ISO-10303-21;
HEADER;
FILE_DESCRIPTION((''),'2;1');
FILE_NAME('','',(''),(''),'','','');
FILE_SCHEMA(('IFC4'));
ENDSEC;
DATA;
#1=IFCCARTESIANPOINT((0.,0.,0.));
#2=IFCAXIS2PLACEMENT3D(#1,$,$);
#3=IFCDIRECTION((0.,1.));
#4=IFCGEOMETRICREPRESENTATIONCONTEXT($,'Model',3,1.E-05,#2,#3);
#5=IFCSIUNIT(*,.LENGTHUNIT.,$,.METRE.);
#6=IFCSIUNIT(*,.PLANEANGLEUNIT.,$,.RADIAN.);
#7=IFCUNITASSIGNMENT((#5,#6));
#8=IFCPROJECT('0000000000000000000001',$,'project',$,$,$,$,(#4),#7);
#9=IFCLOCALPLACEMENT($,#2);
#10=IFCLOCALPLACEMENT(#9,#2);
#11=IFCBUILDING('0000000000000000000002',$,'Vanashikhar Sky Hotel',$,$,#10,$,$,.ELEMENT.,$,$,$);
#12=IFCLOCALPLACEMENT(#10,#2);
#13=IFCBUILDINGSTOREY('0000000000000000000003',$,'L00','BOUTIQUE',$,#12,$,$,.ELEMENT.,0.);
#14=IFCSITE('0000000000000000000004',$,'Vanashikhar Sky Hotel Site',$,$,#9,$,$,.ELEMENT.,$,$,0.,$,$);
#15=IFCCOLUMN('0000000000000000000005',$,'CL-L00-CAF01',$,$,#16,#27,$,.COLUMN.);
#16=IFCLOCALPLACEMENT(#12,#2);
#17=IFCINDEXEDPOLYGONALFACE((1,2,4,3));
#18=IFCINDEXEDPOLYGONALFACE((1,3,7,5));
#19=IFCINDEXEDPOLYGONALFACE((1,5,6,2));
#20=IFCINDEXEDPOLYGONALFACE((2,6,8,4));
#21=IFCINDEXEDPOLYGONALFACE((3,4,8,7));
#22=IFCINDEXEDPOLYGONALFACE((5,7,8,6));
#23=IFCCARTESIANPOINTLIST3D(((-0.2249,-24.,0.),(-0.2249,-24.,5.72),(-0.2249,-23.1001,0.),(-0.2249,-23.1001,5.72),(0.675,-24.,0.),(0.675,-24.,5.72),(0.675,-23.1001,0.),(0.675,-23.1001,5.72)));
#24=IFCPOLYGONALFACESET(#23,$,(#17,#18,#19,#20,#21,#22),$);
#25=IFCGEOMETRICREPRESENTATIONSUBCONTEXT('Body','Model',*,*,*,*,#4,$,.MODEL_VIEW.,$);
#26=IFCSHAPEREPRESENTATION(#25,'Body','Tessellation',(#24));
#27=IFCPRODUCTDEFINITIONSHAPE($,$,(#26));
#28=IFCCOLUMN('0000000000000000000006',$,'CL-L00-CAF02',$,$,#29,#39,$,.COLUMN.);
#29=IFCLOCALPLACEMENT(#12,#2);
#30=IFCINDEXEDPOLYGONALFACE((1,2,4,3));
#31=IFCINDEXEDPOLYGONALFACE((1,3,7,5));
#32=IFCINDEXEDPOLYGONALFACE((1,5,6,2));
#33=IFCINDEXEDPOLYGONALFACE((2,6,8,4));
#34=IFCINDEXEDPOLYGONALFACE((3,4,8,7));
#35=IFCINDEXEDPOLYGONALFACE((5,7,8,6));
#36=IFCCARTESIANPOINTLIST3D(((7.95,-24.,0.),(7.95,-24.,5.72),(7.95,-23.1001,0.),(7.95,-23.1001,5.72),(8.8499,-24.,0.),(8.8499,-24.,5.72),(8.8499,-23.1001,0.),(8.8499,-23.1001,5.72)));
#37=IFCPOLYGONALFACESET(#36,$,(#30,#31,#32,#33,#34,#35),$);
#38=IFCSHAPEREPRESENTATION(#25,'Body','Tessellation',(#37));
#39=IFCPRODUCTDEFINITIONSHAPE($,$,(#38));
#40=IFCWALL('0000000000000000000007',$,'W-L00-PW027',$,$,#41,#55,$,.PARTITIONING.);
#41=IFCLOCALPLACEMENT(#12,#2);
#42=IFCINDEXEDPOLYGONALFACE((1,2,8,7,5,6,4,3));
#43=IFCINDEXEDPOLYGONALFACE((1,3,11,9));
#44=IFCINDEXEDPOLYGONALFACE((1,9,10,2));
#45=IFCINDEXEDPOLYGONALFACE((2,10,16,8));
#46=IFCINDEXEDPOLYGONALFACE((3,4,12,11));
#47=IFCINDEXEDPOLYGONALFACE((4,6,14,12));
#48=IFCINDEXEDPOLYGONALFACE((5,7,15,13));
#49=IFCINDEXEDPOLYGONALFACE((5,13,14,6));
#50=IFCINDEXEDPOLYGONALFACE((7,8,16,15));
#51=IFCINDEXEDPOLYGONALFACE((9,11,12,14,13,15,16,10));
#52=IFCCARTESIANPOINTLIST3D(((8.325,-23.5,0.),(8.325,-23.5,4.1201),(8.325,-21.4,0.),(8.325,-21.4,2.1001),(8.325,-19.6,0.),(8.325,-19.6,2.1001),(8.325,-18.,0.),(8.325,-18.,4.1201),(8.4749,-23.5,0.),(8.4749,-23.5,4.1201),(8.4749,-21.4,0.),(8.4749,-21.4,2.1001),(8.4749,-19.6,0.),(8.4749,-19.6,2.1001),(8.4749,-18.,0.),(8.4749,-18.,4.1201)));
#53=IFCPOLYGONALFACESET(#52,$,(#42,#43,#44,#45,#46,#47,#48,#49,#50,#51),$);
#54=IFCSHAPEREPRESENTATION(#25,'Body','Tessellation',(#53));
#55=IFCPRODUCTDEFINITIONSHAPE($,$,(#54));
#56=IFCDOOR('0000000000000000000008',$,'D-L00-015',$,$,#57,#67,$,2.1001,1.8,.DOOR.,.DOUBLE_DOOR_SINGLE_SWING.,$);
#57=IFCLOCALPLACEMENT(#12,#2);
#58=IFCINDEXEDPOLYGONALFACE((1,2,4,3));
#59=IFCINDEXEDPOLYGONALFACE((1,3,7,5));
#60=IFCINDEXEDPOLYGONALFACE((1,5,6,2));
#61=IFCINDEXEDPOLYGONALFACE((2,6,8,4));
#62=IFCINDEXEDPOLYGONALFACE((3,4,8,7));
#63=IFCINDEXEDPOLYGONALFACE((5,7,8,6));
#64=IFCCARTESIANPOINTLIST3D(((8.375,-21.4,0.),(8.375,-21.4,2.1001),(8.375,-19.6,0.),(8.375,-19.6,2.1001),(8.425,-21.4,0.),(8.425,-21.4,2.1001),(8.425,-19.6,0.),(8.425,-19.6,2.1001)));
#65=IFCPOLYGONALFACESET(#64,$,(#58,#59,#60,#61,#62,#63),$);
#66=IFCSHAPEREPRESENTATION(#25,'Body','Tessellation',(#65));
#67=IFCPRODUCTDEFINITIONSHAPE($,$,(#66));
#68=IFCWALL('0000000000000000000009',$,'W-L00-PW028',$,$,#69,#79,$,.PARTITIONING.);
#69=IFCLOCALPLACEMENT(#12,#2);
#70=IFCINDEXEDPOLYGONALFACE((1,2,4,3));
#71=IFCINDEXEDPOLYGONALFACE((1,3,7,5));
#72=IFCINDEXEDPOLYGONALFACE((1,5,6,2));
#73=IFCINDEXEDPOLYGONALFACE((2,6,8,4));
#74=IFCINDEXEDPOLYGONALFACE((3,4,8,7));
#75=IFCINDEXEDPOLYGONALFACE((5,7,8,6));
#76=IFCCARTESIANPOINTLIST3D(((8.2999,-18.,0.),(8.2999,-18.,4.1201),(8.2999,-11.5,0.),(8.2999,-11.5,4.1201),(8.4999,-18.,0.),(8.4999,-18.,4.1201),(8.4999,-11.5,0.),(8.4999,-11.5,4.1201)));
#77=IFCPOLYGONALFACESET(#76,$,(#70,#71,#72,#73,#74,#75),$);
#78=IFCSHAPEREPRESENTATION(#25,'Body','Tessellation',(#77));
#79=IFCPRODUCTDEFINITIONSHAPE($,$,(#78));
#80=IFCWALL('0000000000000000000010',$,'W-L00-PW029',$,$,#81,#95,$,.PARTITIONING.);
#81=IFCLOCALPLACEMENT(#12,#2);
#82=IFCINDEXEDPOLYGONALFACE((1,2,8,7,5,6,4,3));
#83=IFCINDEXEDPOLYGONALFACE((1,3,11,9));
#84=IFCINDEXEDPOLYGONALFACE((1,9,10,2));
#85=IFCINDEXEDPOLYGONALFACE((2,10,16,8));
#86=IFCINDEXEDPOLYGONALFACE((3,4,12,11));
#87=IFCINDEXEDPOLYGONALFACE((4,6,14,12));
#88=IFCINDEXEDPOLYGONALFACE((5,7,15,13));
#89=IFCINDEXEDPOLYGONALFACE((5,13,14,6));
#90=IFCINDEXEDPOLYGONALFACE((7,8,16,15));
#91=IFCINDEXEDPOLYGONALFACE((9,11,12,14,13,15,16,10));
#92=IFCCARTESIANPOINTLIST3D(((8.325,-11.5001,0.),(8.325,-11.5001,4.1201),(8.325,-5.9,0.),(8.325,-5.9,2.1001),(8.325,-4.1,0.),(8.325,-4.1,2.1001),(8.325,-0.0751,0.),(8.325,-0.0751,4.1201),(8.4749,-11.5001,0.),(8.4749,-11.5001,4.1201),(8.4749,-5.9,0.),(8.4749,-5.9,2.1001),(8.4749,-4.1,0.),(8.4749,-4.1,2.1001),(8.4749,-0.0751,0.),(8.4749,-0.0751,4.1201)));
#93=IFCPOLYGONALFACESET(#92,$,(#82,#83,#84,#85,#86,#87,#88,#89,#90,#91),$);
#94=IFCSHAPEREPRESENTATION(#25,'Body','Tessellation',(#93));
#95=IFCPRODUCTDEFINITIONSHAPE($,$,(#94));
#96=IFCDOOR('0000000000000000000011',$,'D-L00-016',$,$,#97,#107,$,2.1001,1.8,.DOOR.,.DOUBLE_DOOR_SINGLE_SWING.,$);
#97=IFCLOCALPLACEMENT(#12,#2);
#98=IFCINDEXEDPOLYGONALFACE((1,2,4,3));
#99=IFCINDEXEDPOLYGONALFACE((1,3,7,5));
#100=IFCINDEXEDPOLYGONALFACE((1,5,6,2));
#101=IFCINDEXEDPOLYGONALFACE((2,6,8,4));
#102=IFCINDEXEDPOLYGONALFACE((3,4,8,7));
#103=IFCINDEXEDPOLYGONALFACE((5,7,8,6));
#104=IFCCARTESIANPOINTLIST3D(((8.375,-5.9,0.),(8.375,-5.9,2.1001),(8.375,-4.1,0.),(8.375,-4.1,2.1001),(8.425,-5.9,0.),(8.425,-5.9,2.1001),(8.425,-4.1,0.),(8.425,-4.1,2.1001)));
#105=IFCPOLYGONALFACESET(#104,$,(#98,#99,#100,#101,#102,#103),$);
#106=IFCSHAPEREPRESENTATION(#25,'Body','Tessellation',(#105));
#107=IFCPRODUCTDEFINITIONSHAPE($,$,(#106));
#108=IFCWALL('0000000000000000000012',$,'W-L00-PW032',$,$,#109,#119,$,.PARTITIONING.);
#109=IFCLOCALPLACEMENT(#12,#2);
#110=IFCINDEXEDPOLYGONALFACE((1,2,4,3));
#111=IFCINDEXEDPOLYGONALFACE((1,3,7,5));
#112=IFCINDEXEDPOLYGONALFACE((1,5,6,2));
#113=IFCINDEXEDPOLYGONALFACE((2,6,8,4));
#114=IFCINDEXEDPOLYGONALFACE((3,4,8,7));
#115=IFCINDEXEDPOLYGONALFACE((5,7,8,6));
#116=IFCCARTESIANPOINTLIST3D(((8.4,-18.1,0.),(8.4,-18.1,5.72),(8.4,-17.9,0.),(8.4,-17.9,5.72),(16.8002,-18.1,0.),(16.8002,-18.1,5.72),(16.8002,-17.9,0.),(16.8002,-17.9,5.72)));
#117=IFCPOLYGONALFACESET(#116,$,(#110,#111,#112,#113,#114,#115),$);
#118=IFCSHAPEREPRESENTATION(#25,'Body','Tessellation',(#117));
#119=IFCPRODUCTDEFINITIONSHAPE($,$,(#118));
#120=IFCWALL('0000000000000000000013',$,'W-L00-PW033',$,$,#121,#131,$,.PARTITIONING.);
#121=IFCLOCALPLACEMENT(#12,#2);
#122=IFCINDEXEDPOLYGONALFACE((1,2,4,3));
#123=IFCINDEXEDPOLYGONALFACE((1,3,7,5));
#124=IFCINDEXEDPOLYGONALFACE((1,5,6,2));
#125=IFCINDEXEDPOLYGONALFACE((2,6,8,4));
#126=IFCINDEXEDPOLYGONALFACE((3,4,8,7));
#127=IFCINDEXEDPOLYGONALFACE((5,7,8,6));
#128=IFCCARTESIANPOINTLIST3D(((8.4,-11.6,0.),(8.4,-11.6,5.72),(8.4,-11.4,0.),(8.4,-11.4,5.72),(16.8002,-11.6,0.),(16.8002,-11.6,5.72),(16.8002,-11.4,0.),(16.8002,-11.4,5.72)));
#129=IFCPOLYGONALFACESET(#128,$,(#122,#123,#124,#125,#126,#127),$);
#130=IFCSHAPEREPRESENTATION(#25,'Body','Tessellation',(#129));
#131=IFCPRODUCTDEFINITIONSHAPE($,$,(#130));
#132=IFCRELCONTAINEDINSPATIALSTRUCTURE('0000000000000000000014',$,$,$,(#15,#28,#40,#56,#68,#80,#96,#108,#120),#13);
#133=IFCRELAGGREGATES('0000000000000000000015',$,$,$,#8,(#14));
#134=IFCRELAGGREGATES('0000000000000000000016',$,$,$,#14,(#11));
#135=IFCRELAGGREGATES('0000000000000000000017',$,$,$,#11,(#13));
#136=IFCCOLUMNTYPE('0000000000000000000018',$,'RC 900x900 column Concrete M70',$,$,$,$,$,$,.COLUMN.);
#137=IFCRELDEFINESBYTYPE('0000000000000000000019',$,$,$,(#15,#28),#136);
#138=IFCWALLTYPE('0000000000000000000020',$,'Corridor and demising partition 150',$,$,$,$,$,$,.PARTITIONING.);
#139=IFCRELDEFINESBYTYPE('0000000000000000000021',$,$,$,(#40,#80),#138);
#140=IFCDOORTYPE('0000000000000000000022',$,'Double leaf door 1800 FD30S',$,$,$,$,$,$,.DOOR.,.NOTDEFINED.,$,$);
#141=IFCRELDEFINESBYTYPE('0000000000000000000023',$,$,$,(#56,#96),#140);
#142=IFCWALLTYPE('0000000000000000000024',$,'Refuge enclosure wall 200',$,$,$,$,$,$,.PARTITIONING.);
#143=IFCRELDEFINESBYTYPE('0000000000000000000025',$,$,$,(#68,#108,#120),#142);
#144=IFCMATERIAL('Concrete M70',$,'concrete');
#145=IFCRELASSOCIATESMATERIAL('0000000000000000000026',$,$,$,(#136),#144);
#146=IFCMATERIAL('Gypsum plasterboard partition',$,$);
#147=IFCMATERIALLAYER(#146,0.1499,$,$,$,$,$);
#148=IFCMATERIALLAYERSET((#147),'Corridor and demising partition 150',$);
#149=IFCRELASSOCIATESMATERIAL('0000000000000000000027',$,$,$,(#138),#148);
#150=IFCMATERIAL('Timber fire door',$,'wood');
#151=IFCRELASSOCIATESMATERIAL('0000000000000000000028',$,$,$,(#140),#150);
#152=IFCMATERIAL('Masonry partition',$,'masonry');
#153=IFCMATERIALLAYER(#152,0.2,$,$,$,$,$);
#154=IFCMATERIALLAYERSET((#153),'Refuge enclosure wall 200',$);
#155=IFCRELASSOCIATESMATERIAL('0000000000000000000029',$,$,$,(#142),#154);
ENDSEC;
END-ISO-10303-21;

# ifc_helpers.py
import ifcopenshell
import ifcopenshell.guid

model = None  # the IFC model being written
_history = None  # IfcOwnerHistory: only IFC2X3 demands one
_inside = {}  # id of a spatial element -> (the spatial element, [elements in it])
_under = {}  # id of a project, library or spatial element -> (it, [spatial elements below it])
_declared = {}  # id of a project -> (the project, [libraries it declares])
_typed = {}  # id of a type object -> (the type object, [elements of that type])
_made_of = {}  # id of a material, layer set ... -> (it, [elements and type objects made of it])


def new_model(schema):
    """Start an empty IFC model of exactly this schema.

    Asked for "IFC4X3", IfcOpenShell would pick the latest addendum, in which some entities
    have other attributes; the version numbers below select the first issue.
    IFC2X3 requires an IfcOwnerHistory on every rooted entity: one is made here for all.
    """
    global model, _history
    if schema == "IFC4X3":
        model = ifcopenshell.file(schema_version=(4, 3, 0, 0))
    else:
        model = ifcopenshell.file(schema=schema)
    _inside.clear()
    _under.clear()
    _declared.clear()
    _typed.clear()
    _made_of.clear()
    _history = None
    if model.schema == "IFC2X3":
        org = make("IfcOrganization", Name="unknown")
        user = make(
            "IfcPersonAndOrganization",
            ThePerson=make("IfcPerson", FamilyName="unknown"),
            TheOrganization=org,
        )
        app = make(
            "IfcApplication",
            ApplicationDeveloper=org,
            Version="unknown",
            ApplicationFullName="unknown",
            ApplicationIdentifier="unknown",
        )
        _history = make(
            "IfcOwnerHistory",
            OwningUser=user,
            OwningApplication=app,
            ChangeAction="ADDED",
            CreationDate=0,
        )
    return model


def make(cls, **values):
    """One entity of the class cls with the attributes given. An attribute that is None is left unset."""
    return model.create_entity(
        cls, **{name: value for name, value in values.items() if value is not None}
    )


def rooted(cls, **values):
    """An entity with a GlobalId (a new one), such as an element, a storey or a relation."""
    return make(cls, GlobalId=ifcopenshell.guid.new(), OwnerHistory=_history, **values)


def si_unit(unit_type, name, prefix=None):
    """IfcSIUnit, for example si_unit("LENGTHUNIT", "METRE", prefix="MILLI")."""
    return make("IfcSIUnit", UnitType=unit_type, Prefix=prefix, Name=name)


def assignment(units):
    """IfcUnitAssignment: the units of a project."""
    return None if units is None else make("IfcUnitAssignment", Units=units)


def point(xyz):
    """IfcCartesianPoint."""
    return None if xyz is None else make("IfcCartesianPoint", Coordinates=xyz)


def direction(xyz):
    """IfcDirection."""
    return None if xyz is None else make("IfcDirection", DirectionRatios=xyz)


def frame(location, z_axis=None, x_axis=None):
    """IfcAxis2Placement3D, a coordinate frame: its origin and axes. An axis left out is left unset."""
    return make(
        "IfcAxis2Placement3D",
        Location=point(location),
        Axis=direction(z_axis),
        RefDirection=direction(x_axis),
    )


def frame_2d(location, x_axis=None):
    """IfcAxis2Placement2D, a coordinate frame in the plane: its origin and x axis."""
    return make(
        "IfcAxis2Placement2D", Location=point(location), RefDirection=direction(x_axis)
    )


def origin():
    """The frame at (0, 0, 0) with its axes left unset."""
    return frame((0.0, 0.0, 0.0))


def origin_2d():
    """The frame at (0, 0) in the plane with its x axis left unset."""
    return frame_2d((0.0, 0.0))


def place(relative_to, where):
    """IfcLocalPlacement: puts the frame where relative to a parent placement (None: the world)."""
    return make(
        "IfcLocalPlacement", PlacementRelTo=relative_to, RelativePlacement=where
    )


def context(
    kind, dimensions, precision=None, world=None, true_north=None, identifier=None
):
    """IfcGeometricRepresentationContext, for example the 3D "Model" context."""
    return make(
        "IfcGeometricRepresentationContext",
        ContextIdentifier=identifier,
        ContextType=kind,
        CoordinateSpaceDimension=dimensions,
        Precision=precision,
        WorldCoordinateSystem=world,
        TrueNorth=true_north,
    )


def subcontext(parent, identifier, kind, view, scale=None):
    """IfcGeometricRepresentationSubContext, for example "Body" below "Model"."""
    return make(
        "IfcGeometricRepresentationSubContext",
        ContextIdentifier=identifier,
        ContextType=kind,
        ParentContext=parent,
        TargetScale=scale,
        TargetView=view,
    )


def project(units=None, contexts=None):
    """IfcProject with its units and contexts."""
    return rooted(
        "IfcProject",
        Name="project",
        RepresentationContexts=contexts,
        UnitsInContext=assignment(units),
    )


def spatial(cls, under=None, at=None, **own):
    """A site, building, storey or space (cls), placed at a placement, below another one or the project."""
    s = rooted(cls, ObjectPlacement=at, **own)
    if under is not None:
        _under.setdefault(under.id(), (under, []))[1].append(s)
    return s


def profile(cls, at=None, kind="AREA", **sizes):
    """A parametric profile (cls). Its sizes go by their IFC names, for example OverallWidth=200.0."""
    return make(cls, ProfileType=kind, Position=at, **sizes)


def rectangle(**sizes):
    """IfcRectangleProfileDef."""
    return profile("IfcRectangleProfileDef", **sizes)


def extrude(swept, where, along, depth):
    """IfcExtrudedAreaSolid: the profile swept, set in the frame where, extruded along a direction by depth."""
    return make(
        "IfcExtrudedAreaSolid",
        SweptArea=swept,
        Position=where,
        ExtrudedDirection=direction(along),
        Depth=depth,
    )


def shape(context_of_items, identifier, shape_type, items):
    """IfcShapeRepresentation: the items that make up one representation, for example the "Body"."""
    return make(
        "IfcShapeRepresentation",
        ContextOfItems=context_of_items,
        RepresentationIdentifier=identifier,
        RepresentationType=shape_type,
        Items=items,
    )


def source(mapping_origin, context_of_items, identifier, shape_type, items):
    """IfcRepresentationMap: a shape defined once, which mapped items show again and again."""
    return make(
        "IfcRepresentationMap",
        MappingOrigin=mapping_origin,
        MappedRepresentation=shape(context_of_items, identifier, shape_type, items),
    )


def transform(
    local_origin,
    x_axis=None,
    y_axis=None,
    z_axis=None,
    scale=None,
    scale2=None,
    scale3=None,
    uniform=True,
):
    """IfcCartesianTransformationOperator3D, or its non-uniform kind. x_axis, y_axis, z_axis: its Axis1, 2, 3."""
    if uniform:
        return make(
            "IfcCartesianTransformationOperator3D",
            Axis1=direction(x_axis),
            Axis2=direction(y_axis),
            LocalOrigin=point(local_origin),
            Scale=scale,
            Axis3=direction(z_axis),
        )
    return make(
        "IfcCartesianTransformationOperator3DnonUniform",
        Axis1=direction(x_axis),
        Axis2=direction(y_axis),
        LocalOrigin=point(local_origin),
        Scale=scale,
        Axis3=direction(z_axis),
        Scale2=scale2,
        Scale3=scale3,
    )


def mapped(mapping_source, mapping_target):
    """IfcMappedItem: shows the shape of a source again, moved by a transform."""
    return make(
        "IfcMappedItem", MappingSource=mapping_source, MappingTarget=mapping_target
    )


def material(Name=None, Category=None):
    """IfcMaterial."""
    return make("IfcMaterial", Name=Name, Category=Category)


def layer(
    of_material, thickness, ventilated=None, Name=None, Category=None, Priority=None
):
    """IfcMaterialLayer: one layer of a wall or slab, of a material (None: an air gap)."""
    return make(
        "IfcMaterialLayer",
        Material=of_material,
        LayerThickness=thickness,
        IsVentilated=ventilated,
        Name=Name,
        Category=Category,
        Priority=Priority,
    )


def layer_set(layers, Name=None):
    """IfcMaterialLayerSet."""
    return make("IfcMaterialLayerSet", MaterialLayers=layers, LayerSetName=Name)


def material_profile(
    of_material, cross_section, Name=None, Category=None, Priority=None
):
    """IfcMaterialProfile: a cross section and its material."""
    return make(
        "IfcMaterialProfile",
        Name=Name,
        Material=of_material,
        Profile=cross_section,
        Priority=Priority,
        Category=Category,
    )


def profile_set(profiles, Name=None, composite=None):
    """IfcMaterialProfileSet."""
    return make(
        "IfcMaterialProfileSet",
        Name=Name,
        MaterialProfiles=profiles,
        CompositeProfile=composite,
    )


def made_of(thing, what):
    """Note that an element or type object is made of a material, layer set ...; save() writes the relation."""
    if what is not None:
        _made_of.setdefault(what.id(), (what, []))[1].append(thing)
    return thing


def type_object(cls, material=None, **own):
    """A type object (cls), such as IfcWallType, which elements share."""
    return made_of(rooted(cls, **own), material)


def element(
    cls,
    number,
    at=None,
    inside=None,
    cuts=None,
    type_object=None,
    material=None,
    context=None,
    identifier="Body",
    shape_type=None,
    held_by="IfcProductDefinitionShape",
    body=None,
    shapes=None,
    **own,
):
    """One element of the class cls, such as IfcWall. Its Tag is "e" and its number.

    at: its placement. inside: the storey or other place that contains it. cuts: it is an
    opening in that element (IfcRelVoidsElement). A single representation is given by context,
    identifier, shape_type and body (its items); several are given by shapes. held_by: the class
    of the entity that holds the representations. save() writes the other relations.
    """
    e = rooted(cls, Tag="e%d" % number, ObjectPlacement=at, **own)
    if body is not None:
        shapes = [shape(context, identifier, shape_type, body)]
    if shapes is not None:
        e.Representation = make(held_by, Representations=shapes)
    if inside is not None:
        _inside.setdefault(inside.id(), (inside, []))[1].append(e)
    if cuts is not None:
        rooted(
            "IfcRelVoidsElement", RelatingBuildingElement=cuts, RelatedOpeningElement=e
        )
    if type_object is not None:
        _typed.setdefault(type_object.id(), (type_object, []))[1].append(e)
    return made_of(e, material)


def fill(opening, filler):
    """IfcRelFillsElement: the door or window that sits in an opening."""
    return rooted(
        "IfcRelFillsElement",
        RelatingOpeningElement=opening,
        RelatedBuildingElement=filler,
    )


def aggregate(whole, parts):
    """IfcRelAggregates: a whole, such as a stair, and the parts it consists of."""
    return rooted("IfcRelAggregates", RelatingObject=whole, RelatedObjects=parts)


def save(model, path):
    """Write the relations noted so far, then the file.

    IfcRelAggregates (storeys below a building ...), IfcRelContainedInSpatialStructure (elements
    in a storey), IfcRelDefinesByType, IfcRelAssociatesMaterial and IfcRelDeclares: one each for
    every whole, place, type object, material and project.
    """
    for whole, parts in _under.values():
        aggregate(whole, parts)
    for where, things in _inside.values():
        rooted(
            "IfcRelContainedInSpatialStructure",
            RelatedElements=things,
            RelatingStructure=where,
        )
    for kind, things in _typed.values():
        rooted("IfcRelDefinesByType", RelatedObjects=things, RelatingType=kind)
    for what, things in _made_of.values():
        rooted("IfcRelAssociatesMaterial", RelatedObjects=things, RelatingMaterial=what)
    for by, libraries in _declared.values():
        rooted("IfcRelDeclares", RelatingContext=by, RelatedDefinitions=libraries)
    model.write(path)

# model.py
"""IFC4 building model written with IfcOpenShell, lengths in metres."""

from ifc_helpers import new_model, si_unit, direction, frame, frame_2d, origin, origin_2d, place, context, subcontext, project, spatial, rectangle, extrude, source, transform, mapped, material, layer, layer_set, material_profile, profile_set, type_object, element, fill, save


model = new_model("IFC4")

# Units and contexts
model_context = context("Model", 3, precision=1e-05, world=origin(), true_north=direction((0.0, 1.0)))
body_context = subcontext(model_context, "Body", "Model", "MODEL_VIEW")
ifc_project = project(units=[si_unit("LENGTHUNIT", "METRE"), si_unit("PLANEANGLEUNIT", "RADIAN")], contexts=[model_context])

# Site, building, storey
site_placement = place(None, origin())
site = spatial("IfcSite", under=ifc_project, at=site_placement, Name="Vanashikhar Sky Hotel Site", CompositionType="ELEMENT", RefElevation=0.0)
building_placement = place(site_placement, origin())
building = spatial("IfcBuilding", under=site, at=building_placement, Name="Vanashikhar Sky Hotel", CompositionType="ELEMENT")
storey_placement = place(building_placement, origin())
storey = spatial("IfcBuildingStorey", under=building, at=storey_placement, Name="L00", Description="BOUTIQUE", CompositionType="ELEMENT", Elevation=0.0)

# Columns
ifc_material_1 = material(Name="Concrete M70", Category="concrete")
ifc_material_profile = material_profile(ifc_material_1, rectangle(XDim=0.8999, YDim=0.8999, at=origin_2d()))
ifc_profile_set = profile_set([ifc_material_profile], Name="RC 900x900 column Concrete M70")
column_type = type_object("IfcColumnType", Name="RC 900x900 column Concrete M70", PredefinedType="COLUMN", material=ifc_profile_set)
shared_shape_1 = source(origin(), body_context, "Body", "SweptSolid", [
    extrude(rectangle(XDim=0.8999, YDim=0.8999, at=origin_2d()), origin(), (0.0, 0.0, 1.0), 5.72),
])
for number, where, z_axis, x_axis, name in (
    (1, (0.2251, -23.55, 0.0), (0.0, 0.0, 1.0), (1.0, 0.0, 0.0), "CL-L00-CAF01"),
    (2, (8.3999, -23.55, 0.0), (0.0, 0.0, 1.0), (1.0, 0.0, 0.0), "CL-L00-CAF02"),
):
    element("IfcColumn", number, at=place(storey_placement, frame(where, z_axis=z_axis, x_axis=x_axis)), inside=storey, type_object=column_type, Name=name, PredefinedType="COLUMN", context=body_context, shape_type="MappedRepresentation", body=[
        mapped(shared_shape_1, transform((0.0, 0.0, 0.0), scale=1.0)),
    ])

# Wall, opening, door
ifc_material_2 = material(Name="Gypsum plasterboard partition")
ifc_layer_1 = layer(ifc_material_2, 0.1499)
ifc_layer_set_1 = layer_set([ifc_layer_1], Name="Corridor and demising partition 150")
wall_type_1 = type_object("IfcWallType", Name="Corridor and demising partition 150", PredefinedType="PARTITIONING", material=ifc_layer_set_1)
shared_shape_2 = source(origin(), body_context, "Body", "SweptSolid", [
    extrude(rectangle(XDim=5.5, YDim=0.1499, at=frame_2d((2.75, 0.0))), origin(), (0.0, 0.0, 1.0), 4.1201),
])
wall_1_placement = place(storey_placement, frame((8.3999, -23.5, 0.0), z_axis=(0.0, 0.0, 1.0), x_axis=(0.0, 1.0, 0.0)))
wall_1 = element("IfcWall", 3, at=wall_1_placement, inside=storey, type_object=wall_type_1, Name="W-L00-PW027", PredefinedType="PARTITIONING", context=body_context, shape_type="MappedRepresentation", body=[
    mapped(shared_shape_2, transform((0.0, 0.0, 0.0), scale=1.0)),
])
shared_shape_3 = source(origin(), body_context, "Body", "SweptSolid", [
    extrude(rectangle(XDim=1.8, YDim=2.1001, at=frame_2d((0.8999, 1.05))), frame((0.0, 0.085, 0.0), z_axis=(0.0, -1.0, 0.0), x_axis=(1.0, 0.0, 0.0)), (0.0, 0.0, 1.0), 0.1699),
])
opening_1_placement = place(wall_1_placement, frame((2.1001, 0.0, 0.0)))
opening_1 = element("IfcOpeningElement", 4, at=opening_1_placement, cuts=wall_1, PredefinedType="OPENING", context=body_context, shape_type="MappedRepresentation", body=[
    mapped(shared_shape_3, transform((0.0, 0.0, 0.0), scale=1.0)),
])
ifc_material_3 = material(Name="Timber fire door", Category="wood")
door_type_1 = type_object("IfcDoorType", Name="Double leaf door 1800 FD30S", OperationType="NOTDEFINED", PredefinedType="DOOR", material=ifc_material_3)
shared_shape_4 = source(origin(), body_context, "Body", "SweptSolid", [
    extrude(rectangle(XDim=1.8, YDim=2.1001, at=frame_2d((0.8999, 1.05))), frame((0.0, 0.0249, 0.0), z_axis=(0.0, -1.0, 0.0), x_axis=(1.0, 0.0, 0.0)), (0.0, 0.0, 1.0), 0.05),
])
door_1_placement = place(opening_1_placement, origin())
door_1 = element("IfcDoor", 5, at=door_1_placement, inside=storey, type_object=door_type_1, Name="D-L00-015", OperationType="DOUBLE_DOOR_SINGLE_SWING", OverallHeight=2.1001, OverallWidth=1.8, PredefinedType="DOOR", context=body_context, shape_type="MappedRepresentation", body=[
    mapped(shared_shape_4, transform((0.0, 0.0, 0.0), scale=1.0)),
])
fill(opening_1, door_1)

# Wall
ifc_material_4 = material(Name="Masonry partition", Category="masonry")
ifc_layer_2 = layer(ifc_material_4, 0.2)
ifc_layer_set_2 = layer_set([ifc_layer_2], Name="Refuge enclosure wall 200")
wall_type_2 = type_object("IfcWallType", Name="Refuge enclosure wall 200", PredefinedType="PARTITIONING", material=ifc_layer_set_2)
shared_shape_5 = source(origin(), body_context, "Body", "SweptSolid", [
    extrude(rectangle(XDim=6.5, YDim=0.2, at=frame_2d((3.25, 0.0))), origin(), (0.0, 0.0, 1.0), 4.1201),
])
wall_2_placement = place(storey_placement, frame((8.3999, -18.0, 0.0), z_axis=(0.0, 0.0, 1.0), x_axis=(0.0, 1.0, 0.0)))
element("IfcWall", 6, at=wall_2_placement, inside=storey, type_object=wall_type_2, Name="W-L00-PW028", PredefinedType="PARTITIONING", context=body_context, shape_type="MappedRepresentation", body=[
    mapped(shared_shape_5, transform((0.0, 0.0, 0.0), scale=1.0)),
])

# Wall, opening, door
shared_shape_6 = source(origin(), body_context, "Body", "SweptSolid", [
    extrude(rectangle(XDim=11.425, YDim=0.1499, at=frame_2d((5.7124, 0.0))), origin(), (0.0, 0.0, 1.0), 4.1201),
])
wall_3_placement = place(storey_placement, frame((8.3999, -11.5, 0.0), z_axis=(0.0, 0.0, 1.0), x_axis=(0.0, 1.0, 0.0)))
wall_3 = element("IfcWall", 7, at=wall_3_placement, inside=storey, type_object=wall_type_1, Name="W-L00-PW029", PredefinedType="PARTITIONING", context=body_context, shape_type="MappedRepresentation", body=[
    mapped(shared_shape_6, transform((0.0, 0.0, 0.0), scale=1.0)),
])
opening_2_placement = place(wall_3_placement, frame((5.6001, 0.0, 0.0)))
opening_2 = element("IfcOpeningElement", 8, at=opening_2_placement, cuts=wall_3, PredefinedType="OPENING", context=body_context, shape_type="MappedRepresentation", body=[
    mapped(shared_shape_3, transform((0.0, 0.0, 0.0), scale=1.0)),
])
door_2_placement = place(opening_2_placement, origin())
door_2 = element("IfcDoor", 9, at=door_2_placement, inside=storey, type_object=door_type_1, Name="D-L00-016", OperationType="DOUBLE_DOOR_SINGLE_SWING", OverallHeight=2.1001, OverallWidth=1.8, PredefinedType="DOOR", context=body_context, shape_type="MappedRepresentation", body=[
    mapped(shared_shape_4, transform((0.0, 0.0, 0.0), scale=1.0)),
])
fill(opening_2, door_2)

# Walls
shared_shape_7 = source(origin(), body_context, "Body", "SweptSolid", [
    extrude(rectangle(XDim=8.4001, YDim=0.2, at=frame_2d((4.2002, 0.0))), origin(), (0.0, 0.0, 1.0), 5.72),
])
for number, where, z_axis, x_axis, name in (
    (10, (8.3999, -18.0, 0.0), (0.0, 0.0, 1.0), (1.0, 0.0, 0.0), "W-L00-PW032"),
    (11, (8.3999, -11.5, 0.0), (0.0, 0.0, 1.0), (1.0, 0.0, 0.0), "W-L00-PW033"),
):
    element("IfcWall", number, at=place(storey_placement, frame(where, z_axis=z_axis, x_axis=x_axis)), inside=storey, type_object=wall_type_2, Name=name, PredefinedType="PARTITIONING", context=body_context, shape_type="MappedRepresentation", body=[
        mapped(shared_shape_7, transform((0.0, 0.0, 0.0), scale=1.0)),
    ])

save(model, "model.ifc")
